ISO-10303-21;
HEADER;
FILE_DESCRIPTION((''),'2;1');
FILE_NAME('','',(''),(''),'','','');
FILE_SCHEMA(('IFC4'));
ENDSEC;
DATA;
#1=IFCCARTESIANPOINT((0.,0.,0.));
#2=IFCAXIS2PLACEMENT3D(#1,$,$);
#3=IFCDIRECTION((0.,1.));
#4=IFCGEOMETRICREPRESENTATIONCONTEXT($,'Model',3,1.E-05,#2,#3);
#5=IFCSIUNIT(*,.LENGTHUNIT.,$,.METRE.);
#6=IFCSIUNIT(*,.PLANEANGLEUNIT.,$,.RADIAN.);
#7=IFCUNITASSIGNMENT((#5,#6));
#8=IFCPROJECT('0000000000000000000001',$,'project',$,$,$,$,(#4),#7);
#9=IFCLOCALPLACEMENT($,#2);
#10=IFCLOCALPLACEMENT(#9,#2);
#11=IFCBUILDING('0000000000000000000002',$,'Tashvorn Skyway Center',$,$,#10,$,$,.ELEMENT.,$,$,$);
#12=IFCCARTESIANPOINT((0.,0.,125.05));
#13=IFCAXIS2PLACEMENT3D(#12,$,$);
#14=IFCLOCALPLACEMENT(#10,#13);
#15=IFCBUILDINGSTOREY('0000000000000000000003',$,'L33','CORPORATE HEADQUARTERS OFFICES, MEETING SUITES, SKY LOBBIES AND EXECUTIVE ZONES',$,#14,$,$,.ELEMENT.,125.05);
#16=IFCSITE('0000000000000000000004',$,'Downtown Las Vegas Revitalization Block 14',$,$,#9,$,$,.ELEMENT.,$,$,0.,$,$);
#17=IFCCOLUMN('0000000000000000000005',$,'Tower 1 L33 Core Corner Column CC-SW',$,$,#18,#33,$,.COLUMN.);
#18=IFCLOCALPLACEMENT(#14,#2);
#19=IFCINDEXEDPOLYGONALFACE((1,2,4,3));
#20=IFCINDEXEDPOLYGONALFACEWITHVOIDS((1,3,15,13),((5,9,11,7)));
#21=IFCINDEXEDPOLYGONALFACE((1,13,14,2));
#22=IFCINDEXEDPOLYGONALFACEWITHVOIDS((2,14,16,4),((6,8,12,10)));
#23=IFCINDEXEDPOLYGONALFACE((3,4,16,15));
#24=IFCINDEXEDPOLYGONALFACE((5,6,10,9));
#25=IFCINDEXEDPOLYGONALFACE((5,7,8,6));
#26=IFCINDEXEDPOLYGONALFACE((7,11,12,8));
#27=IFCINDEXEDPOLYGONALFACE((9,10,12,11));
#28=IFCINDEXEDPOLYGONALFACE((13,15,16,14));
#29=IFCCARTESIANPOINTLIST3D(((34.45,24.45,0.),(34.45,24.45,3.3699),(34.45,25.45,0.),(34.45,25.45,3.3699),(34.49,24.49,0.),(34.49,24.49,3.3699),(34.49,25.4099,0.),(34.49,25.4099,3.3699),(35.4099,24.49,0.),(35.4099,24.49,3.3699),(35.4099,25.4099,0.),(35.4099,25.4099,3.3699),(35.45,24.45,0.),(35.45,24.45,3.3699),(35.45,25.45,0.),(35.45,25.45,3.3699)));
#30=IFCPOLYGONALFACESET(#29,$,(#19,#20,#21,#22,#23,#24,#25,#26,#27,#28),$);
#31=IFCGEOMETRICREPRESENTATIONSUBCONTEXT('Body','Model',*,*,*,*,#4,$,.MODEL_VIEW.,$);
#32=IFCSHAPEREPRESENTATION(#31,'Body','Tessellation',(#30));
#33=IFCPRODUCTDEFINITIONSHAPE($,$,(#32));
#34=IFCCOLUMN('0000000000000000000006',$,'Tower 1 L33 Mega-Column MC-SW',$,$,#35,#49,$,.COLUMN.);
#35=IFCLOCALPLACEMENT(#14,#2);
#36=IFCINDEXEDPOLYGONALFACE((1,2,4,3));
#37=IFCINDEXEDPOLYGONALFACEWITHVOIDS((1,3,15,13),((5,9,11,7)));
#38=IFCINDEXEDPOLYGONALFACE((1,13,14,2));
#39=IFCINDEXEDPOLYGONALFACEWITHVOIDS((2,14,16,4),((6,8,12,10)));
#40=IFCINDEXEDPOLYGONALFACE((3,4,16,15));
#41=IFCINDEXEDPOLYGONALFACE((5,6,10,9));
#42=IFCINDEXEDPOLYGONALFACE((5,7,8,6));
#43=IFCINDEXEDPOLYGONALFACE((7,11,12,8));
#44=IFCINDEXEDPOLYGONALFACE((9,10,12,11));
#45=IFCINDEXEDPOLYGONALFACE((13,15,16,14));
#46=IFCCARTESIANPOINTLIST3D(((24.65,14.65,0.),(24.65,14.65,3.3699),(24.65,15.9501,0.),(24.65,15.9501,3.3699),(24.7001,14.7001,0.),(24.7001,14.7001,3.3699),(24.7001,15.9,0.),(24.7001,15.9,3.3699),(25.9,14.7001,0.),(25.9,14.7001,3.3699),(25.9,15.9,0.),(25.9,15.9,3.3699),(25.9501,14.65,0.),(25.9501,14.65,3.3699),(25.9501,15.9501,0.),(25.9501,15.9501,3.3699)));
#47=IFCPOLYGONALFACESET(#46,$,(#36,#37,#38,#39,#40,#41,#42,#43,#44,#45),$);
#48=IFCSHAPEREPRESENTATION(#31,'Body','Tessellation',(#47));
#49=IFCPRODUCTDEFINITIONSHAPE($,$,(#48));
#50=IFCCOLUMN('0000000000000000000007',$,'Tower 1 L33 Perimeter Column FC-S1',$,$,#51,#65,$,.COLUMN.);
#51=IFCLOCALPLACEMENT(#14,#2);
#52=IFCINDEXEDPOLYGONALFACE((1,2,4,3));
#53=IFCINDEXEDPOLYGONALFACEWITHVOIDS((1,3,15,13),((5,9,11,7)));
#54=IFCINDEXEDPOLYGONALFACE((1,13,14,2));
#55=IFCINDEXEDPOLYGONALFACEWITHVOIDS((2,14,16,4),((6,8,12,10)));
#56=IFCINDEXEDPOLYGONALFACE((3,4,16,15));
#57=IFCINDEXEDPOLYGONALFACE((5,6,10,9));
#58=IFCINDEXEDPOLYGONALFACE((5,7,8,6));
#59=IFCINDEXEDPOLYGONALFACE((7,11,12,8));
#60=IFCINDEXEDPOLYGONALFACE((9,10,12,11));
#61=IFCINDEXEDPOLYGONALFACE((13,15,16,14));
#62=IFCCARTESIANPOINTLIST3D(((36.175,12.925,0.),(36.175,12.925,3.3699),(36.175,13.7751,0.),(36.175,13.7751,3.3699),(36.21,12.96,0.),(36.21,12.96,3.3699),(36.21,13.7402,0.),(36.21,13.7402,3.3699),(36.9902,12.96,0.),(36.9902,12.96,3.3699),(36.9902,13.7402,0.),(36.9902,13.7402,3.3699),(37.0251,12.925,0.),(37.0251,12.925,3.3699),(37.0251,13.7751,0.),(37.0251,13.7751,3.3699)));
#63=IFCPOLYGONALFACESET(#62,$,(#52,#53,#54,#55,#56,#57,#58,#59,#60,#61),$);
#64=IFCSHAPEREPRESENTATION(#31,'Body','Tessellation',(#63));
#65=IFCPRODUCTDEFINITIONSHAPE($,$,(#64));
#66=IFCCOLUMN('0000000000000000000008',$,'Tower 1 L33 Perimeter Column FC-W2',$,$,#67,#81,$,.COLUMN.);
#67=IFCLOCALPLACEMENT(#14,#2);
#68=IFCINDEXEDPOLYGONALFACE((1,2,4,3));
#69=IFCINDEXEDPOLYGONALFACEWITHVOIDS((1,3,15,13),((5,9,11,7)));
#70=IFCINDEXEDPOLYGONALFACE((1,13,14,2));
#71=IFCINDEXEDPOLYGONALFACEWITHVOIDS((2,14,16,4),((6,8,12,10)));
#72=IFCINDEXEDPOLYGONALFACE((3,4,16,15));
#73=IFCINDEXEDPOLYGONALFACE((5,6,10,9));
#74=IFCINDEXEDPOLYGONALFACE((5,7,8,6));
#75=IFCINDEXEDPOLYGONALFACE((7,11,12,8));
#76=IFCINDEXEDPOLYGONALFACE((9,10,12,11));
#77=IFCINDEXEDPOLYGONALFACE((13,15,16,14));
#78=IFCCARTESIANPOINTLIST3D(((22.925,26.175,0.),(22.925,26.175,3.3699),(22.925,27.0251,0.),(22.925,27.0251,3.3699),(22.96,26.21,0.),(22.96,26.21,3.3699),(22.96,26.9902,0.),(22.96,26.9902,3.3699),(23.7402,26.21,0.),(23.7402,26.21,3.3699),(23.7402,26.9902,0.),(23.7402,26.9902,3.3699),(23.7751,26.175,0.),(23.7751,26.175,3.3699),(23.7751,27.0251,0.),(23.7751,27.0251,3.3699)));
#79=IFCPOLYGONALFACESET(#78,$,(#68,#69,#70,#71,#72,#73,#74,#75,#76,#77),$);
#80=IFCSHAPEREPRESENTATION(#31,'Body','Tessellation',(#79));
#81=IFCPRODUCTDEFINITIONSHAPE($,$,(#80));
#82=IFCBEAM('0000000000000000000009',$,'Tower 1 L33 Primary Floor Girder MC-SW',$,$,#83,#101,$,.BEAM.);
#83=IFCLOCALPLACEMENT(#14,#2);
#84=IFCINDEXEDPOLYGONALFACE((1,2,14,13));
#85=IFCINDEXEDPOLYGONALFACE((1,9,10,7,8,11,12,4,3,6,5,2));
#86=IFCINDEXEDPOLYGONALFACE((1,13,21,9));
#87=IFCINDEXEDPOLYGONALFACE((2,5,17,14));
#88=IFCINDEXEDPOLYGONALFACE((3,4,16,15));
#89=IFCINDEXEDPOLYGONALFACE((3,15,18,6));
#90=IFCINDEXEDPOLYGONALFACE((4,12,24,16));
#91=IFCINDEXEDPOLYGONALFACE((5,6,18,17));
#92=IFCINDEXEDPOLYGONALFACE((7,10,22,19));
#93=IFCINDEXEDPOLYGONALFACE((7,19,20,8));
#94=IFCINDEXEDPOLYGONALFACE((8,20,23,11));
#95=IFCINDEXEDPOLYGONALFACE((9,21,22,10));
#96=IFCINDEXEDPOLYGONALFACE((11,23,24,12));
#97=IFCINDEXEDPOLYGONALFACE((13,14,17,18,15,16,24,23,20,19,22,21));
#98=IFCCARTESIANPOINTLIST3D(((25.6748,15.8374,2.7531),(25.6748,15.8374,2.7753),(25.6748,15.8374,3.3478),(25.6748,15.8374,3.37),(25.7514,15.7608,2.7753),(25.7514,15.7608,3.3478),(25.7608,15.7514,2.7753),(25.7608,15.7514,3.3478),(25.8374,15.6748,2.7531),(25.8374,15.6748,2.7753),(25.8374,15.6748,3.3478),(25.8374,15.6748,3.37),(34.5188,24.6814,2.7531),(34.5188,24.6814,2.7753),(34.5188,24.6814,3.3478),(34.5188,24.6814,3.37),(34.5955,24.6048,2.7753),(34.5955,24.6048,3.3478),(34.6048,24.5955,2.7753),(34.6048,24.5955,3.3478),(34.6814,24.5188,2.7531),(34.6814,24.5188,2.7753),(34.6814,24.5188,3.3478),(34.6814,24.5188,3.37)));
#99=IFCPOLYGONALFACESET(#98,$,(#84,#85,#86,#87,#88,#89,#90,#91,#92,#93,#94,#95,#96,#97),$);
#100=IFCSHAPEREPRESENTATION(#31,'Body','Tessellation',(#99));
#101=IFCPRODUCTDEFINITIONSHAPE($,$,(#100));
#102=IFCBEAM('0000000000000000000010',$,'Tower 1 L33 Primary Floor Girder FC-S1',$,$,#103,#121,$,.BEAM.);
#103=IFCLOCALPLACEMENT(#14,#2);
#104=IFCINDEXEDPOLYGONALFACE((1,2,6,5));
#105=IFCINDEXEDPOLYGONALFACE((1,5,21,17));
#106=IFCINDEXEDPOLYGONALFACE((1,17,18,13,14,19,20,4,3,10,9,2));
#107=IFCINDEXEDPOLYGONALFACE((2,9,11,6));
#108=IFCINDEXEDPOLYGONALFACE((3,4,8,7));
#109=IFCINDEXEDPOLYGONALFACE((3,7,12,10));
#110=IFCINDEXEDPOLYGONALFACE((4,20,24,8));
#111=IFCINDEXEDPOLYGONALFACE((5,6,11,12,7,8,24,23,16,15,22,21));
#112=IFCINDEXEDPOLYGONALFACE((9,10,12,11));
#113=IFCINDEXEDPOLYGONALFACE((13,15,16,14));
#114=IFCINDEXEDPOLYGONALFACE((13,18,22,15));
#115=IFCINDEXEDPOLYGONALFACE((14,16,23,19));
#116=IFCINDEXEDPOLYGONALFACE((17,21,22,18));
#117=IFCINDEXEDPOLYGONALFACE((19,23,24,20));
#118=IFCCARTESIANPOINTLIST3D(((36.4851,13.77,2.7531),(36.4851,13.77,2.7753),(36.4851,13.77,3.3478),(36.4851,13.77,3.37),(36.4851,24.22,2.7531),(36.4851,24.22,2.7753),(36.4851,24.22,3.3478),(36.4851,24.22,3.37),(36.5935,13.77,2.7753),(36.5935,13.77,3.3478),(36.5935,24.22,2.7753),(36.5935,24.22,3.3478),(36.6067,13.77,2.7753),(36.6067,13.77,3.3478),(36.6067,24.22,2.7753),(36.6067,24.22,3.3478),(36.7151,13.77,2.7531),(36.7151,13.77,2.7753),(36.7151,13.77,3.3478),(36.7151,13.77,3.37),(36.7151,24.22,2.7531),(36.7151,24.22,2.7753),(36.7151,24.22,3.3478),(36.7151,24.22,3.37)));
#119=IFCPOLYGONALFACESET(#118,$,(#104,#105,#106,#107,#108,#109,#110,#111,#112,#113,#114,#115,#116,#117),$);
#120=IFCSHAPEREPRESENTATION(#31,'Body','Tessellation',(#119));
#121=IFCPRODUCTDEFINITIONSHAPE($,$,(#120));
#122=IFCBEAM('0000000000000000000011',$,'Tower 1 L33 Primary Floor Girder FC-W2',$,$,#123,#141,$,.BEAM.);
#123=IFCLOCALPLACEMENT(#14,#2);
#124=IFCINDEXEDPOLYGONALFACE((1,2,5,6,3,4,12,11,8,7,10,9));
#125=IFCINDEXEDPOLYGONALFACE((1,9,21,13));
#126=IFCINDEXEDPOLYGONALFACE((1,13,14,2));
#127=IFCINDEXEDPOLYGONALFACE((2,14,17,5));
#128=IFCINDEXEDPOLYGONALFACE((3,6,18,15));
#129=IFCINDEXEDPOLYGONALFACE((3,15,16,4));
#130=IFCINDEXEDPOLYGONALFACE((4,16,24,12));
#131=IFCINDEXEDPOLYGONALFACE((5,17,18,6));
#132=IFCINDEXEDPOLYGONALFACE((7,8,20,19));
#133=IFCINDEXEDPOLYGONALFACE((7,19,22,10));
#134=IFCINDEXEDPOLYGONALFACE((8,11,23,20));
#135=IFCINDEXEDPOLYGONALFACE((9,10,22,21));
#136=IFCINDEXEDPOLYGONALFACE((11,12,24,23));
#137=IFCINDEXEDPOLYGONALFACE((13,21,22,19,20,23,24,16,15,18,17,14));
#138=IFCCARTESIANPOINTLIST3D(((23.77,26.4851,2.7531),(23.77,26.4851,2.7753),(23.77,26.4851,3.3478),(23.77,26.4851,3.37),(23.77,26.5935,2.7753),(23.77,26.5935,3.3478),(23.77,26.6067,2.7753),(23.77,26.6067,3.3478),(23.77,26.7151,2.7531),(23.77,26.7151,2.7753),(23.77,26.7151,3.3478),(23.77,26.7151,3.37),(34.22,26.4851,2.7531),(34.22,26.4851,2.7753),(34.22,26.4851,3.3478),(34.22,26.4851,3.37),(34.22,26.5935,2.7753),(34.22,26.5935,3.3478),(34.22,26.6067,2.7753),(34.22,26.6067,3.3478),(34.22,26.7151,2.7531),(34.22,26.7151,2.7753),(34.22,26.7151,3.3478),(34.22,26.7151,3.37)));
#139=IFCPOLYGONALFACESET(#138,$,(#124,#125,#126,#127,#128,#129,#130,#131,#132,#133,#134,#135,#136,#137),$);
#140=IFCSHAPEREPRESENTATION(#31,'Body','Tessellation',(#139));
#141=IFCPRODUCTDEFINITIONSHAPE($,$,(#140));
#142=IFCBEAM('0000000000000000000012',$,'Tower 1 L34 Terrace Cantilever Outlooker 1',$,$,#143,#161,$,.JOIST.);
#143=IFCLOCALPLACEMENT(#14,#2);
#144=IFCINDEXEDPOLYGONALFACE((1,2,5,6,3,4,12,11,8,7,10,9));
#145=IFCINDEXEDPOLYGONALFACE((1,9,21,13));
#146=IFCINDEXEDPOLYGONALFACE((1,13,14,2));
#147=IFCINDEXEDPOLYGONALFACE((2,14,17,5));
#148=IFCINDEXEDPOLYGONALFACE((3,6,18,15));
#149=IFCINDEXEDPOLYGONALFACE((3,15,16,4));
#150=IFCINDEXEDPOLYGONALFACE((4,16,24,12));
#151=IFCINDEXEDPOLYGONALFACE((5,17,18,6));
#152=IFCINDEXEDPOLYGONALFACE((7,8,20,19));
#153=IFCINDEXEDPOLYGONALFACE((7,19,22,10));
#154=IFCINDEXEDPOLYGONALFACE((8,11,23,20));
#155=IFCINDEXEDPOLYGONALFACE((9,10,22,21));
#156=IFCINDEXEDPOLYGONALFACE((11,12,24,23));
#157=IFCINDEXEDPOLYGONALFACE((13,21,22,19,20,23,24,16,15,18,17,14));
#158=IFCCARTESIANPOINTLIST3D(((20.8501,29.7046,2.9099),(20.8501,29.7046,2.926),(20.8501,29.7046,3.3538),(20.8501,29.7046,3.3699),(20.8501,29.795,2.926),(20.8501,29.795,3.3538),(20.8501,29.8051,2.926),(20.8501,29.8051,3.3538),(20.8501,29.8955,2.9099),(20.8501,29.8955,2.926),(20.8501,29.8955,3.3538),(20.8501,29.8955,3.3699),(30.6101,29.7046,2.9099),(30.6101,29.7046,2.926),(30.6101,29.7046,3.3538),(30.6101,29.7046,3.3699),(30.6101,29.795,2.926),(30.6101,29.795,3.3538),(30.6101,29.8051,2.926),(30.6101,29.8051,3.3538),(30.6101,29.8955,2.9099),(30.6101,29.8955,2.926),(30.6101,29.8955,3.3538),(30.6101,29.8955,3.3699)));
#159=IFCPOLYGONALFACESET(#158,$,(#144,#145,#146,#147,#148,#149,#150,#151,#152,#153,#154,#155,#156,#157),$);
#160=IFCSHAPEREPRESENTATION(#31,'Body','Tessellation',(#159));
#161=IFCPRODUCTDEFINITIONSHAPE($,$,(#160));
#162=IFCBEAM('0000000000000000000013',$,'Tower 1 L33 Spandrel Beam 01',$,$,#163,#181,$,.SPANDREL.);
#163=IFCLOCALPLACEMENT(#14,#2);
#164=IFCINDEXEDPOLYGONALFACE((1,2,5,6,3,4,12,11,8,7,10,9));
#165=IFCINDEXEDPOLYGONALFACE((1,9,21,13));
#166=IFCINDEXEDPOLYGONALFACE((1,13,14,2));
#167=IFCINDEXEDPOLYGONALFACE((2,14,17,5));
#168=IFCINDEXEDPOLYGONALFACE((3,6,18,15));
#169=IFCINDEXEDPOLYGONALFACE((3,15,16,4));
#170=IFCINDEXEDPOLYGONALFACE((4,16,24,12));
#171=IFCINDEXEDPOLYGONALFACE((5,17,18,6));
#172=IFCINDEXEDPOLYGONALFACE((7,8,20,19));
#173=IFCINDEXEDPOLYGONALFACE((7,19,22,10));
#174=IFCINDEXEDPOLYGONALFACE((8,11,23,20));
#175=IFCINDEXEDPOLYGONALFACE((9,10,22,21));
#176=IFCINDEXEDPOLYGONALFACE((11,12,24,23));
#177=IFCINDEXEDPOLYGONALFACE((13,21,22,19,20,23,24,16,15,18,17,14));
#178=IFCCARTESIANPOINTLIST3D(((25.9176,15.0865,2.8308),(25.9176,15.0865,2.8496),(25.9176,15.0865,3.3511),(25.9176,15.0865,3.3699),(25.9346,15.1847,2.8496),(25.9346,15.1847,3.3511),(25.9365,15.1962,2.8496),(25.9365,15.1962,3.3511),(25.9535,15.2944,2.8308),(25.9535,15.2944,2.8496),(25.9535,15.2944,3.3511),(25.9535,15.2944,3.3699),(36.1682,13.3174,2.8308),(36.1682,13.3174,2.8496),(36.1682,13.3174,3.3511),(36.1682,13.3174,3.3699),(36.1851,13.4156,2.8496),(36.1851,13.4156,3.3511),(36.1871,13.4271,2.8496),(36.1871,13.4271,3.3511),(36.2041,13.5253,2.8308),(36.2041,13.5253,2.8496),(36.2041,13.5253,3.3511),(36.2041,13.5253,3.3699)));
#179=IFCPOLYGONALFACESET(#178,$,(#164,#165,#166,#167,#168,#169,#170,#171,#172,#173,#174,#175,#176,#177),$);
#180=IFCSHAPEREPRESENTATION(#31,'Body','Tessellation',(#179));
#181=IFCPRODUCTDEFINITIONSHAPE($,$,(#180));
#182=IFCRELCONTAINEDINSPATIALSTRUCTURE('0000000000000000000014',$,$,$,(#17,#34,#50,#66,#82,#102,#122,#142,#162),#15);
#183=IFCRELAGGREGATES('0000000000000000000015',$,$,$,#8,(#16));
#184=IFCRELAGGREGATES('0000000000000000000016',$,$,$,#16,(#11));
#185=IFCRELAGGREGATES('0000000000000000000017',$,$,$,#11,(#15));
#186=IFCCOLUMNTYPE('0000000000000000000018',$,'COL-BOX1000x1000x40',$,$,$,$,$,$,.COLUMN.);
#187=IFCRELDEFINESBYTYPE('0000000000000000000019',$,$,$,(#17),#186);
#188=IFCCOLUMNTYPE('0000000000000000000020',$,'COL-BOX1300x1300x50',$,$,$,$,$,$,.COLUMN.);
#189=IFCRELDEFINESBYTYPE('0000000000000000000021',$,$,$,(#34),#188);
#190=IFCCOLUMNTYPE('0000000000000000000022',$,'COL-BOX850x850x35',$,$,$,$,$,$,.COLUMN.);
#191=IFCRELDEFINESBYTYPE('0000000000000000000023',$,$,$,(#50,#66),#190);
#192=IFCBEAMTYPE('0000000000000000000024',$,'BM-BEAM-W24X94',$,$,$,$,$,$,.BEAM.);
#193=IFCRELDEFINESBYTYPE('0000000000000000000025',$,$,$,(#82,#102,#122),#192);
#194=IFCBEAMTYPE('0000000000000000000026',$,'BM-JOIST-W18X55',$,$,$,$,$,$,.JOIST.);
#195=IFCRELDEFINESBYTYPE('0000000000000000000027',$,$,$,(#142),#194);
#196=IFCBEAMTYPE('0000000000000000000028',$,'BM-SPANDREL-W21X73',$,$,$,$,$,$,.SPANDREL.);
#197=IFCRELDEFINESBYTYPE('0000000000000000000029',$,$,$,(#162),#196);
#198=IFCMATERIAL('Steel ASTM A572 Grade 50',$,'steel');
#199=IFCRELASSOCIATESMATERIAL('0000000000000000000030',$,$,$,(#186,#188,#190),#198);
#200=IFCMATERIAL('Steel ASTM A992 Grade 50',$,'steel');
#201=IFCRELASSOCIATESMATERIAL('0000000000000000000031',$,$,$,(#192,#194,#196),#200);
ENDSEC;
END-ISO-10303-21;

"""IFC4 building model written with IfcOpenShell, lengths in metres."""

from ifc_helpers import new_model, si_unit, direction, frame, origin, origin_2d, place, context, subcontext, project, spatial, hollow_rectangle, i_section, extrude, material, material_profile, profile_set, type_object, element, save


model = new_model("IFC4")

# Units and contexts
model_context = context("Model", 3, precision=1e-05, world=origin(), true_north=direction((0.0, 1.0)))
body_context = subcontext(model_context, "Body", "Model", "MODEL_VIEW")
ifc_project = project(units=[si_unit("LENGTHUNIT", "METRE"), si_unit("PLANEANGLEUNIT", "RADIAN")], contexts=[model_context])

# Site, building, storey
site_placement = place(None, origin())
site = spatial("IfcSite", under=ifc_project, at=site_placement, Name="Downtown Las Vegas Revitalization Block 14", CompositionType="ELEMENT", RefElevation=0.0)
building_placement = place(site_placement, origin())
building = spatial("IfcBuilding", under=site, at=building_placement, Name="Tashvorn Skyway Center", CompositionType="ELEMENT")
storey_placement = place(building_placement, frame((0.0, 0.0, 125.05)))
storey = spatial("IfcBuildingStorey", under=building, at=storey_placement, Name="L33", Description="CORPORATE HEADQUARTERS OFFICES, MEETING SUITES, SKY LOBBIES AND EXECUTIVE ZONES", CompositionType="ELEMENT", Elevation=125.05)

# Columns
ifc_material_1 = material(Name="Steel ASTM A572 Grade 50", Category="steel")
ifc_material_profile_1 = material_profile(ifc_material_1, hollow_rectangle(XDim=1.0, YDim=1.0, WallThickness=0.04, at=origin_2d()), Name="BOX1000x1000x40")
ifc_profile_set_1 = profile_set([ifc_material_profile_1], Name="Steel ASTM A572 Grade 50")
column_type_1 = type_object("IfcColumnType", Name="COL-BOX1000x1000x40", PredefinedType="COLUMN", material=ifc_profile_set_1)
column_1_placement = place(storey_placement, frame((34.95, 24.95, 0.0), z_axis=(0.0, 0.0, 1.0), x_axis=(1.0, 0.0, 0.0)))
element("IfcColumn", 1, at=column_1_placement, inside=storey, type_object=column_type_1, Name="Tower 1 L33 Core Corner Column CC-SW", PredefinedType="COLUMN", context=body_context, shape_type="SweptSolid", body=[
    extrude(hollow_rectangle(XDim=1.0, YDim=1.0, WallThickness=0.04, at=origin_2d()), origin(), (0.0, 0.0, 1.0), 3.3699),
])
ifc_material_profile_2 = material_profile(ifc_material_1, hollow_rectangle(XDim=1.3, YDim=1.3, WallThickness=0.05, at=origin_2d()), Name="BOX1300x1300x50")
ifc_profile_set_2 = profile_set([ifc_material_profile_2], Name="Steel ASTM A572 Grade 50")
column_type_2 = type_object("IfcColumnType", Name="COL-BOX1300x1300x50", PredefinedType="COLUMN", material=ifc_profile_set_2)
column_2_placement = place(storey_placement, frame((25.3, 15.3, 0.0), z_axis=(0.0, 0.0, 1.0), x_axis=(1.0, 0.0, 0.0)))
element("IfcColumn", 2, at=column_2_placement, inside=storey, type_object=column_type_2, Name="Tower 1 L33 Mega-Column MC-SW", PredefinedType="COLUMN", context=body_context, shape_type="SweptSolid", body=[
    extrude(hollow_rectangle(XDim=1.3, YDim=1.3, WallThickness=0.05, at=origin_2d()), origin(), (0.0, 0.0, 1.0), 3.3699),
])
ifc_material_profile_3 = material_profile(ifc_material_1, hollow_rectangle(XDim=0.8501, YDim=0.8501, WallThickness=0.0349, at=origin_2d()), Name="BOX850x850x35")
ifc_profile_set_3 = profile_set([ifc_material_profile_3], Name="Steel ASTM A572 Grade 50")
column_type_3 = type_object("IfcColumnType", Name="COL-BOX850x850x35", PredefinedType="COLUMN", material=ifc_profile_set_3)
for number, where, z_axis, x_axis, name in (
    (3, (36.6001, 13.3501, 0.0), (0.0, 0.0, 1.0), (1.0, 0.0, 0.0), "Tower 1 L33 Perimeter Column FC-S1"),
    (4, (23.3501, 26.6001, 0.0), (0.0, 0.0, 1.0), (1.0, 0.0, 0.0), "Tower 1 L33 Perimeter Column FC-W2"),
):
    element("IfcColumn", number, at=place(storey_placement, frame(where, z_axis=z_axis, x_axis=x_axis)), inside=storey, type_object=column_type_3, Name=name, PredefinedType="COLUMN", context=body_context, shape_type="SweptSolid", body=[
        extrude(hollow_rectangle(XDim=0.8501, YDim=0.8501, WallThickness=0.0349, at=origin_2d()), origin(), (0.0, 0.0, 1.0), 3.3699),
    ])

# Beams
ifc_material_2 = material(Name="Steel ASTM A992 Grade 50", Category="steel")
ifc_material_profile_4 = material_profile(ifc_material_2, i_section(OverallWidth=0.23, OverallDepth=0.6169, WebThickness=0.0132, FlangeThickness=0.0222, at=origin_2d()), Name="W24X94")
ifc_profile_set_4 = profile_set([ifc_material_profile_4], Name="Steel ASTM A992 Grade 50")
beam_type_1 = type_object("IfcBeamType", Name="BM-BEAM-W24X94", PredefinedType="BEAM", material=ifc_profile_set_4)
beam_1_placement = place(storey_placement, frame((25.7561, 15.7561, 3.0615), z_axis=(0.707107, 0.707107, 0.0), x_axis=(-0.707107, 0.707107, 0.0)))
element("IfcBeam", 5, at=beam_1_placement, inside=storey, type_object=beam_type_1, Name="Tower 1 L33 Primary Floor Girder MC-SW", PredefinedType="BEAM", context=body_context, shape_type="SweptSolid", body=[
    extrude(i_section(OverallWidth=0.23, OverallDepth=0.6169, WebThickness=0.0132, FlangeThickness=0.0222, at=origin_2d()), origin(), (0.0, 0.0, 1.0), 12.5073),
])
for number, where, z_axis, x_axis, name in (
    (6, (36.6001, 13.77, 3.0615), (0.0, 1.0, 0.0), (-1.0, 0.0, 0.0), "Tower 1 L33 Primary Floor Girder FC-S1"),
    (7, (23.77, 26.6001, 3.0615), (1.0, 0.0, 0.0), (0.0, 1.0, 0.0), "Tower 1 L33 Primary Floor Girder FC-W2"),
):
    element("IfcBeam", number, at=place(storey_placement, frame(where, z_axis=z_axis, x_axis=x_axis)), inside=storey, type_object=beam_type_1, Name=name, PredefinedType="BEAM", context=body_context, shape_type="SweptSolid", body=[
        extrude(i_section(OverallWidth=0.23, OverallDepth=0.6169, WebThickness=0.0132, FlangeThickness=0.0222, at=origin_2d()), origin(), (0.0, 0.0, 1.0), 10.45),
    ])
ifc_material_profile_5 = material_profile(ifc_material_2, i_section(OverallWidth=0.1909, OverallDepth=0.46, WebThickness=0.01, FlangeThickness=0.0161, at=origin_2d()), Name="W18X55")
ifc_profile_set_5 = profile_set([ifc_material_profile_5], Name="Steel ASTM A992 Grade 50")
beam_type_2 = type_object("IfcBeamType", Name="BM-JOIST-W18X55", PredefinedType="JOIST", material=ifc_profile_set_5)
beam_2_placement = place(storey_placement, frame((30.6101, 29.8, 3.1399), z_axis=(-1.0, 0.0, 0.0), x_axis=(0.0, -1.0, 0.0)))
element("IfcBeam", 8, at=beam_2_placement, inside=storey, type_object=beam_type_2, Name="Tower 1 L34 Terrace Cantilever Outlooker 1", PredefinedType="JOIST", context=body_context, shape_type="SweptSolid", body=[
    extrude(i_section(OverallWidth=0.1909, OverallDepth=0.46, WebThickness=0.01, FlangeThickness=0.0161, at=origin_2d()), origin(), (0.0, 0.0, 1.0), 9.76),
])
ifc_material_profile_6 = material_profile(ifc_material_2, i_section(OverallWidth=0.2109, OverallDepth=0.5391, WebThickness=0.0117, FlangeThickness=0.0188, at=origin_2d()), Name="W21X73")
ifc_profile_set_6 = profile_set([ifc_material_profile_6], Name="Steel ASTM A992 Grade 50")
beam_type_3 = type_object("IfcBeamType", Name="BM-SPANDREL-W21X73", PredefinedType="SPANDREL", material=ifc_profile_set_6)
for number, where, z_axis, x_axis, name in (
    (9, (25.9355, 15.1904, 3.1003), (0.985432, -0.170067, 0.0), (0.170067, 0.985432, 0.0), "Tower 1 L33 Spandrel Beam 01"),
):
    element("IfcBeam", number, at=place(storey_placement, frame(where, z_axis=z_axis, x_axis=x_axis)), inside=storey, type_object=beam_type_3, Name=name, PredefinedType="SPANDREL", context=body_context, shape_type="SweptSolid", body=[
        extrude(i_section(OverallWidth=0.2109, OverallDepth=0.5391, WebThickness=0.0117, FlangeThickness=0.0188, at=origin_2d()), origin(), (0.0, 0.0, 1.0), 10.4021),
    ])

save(model, "model.ifc")
